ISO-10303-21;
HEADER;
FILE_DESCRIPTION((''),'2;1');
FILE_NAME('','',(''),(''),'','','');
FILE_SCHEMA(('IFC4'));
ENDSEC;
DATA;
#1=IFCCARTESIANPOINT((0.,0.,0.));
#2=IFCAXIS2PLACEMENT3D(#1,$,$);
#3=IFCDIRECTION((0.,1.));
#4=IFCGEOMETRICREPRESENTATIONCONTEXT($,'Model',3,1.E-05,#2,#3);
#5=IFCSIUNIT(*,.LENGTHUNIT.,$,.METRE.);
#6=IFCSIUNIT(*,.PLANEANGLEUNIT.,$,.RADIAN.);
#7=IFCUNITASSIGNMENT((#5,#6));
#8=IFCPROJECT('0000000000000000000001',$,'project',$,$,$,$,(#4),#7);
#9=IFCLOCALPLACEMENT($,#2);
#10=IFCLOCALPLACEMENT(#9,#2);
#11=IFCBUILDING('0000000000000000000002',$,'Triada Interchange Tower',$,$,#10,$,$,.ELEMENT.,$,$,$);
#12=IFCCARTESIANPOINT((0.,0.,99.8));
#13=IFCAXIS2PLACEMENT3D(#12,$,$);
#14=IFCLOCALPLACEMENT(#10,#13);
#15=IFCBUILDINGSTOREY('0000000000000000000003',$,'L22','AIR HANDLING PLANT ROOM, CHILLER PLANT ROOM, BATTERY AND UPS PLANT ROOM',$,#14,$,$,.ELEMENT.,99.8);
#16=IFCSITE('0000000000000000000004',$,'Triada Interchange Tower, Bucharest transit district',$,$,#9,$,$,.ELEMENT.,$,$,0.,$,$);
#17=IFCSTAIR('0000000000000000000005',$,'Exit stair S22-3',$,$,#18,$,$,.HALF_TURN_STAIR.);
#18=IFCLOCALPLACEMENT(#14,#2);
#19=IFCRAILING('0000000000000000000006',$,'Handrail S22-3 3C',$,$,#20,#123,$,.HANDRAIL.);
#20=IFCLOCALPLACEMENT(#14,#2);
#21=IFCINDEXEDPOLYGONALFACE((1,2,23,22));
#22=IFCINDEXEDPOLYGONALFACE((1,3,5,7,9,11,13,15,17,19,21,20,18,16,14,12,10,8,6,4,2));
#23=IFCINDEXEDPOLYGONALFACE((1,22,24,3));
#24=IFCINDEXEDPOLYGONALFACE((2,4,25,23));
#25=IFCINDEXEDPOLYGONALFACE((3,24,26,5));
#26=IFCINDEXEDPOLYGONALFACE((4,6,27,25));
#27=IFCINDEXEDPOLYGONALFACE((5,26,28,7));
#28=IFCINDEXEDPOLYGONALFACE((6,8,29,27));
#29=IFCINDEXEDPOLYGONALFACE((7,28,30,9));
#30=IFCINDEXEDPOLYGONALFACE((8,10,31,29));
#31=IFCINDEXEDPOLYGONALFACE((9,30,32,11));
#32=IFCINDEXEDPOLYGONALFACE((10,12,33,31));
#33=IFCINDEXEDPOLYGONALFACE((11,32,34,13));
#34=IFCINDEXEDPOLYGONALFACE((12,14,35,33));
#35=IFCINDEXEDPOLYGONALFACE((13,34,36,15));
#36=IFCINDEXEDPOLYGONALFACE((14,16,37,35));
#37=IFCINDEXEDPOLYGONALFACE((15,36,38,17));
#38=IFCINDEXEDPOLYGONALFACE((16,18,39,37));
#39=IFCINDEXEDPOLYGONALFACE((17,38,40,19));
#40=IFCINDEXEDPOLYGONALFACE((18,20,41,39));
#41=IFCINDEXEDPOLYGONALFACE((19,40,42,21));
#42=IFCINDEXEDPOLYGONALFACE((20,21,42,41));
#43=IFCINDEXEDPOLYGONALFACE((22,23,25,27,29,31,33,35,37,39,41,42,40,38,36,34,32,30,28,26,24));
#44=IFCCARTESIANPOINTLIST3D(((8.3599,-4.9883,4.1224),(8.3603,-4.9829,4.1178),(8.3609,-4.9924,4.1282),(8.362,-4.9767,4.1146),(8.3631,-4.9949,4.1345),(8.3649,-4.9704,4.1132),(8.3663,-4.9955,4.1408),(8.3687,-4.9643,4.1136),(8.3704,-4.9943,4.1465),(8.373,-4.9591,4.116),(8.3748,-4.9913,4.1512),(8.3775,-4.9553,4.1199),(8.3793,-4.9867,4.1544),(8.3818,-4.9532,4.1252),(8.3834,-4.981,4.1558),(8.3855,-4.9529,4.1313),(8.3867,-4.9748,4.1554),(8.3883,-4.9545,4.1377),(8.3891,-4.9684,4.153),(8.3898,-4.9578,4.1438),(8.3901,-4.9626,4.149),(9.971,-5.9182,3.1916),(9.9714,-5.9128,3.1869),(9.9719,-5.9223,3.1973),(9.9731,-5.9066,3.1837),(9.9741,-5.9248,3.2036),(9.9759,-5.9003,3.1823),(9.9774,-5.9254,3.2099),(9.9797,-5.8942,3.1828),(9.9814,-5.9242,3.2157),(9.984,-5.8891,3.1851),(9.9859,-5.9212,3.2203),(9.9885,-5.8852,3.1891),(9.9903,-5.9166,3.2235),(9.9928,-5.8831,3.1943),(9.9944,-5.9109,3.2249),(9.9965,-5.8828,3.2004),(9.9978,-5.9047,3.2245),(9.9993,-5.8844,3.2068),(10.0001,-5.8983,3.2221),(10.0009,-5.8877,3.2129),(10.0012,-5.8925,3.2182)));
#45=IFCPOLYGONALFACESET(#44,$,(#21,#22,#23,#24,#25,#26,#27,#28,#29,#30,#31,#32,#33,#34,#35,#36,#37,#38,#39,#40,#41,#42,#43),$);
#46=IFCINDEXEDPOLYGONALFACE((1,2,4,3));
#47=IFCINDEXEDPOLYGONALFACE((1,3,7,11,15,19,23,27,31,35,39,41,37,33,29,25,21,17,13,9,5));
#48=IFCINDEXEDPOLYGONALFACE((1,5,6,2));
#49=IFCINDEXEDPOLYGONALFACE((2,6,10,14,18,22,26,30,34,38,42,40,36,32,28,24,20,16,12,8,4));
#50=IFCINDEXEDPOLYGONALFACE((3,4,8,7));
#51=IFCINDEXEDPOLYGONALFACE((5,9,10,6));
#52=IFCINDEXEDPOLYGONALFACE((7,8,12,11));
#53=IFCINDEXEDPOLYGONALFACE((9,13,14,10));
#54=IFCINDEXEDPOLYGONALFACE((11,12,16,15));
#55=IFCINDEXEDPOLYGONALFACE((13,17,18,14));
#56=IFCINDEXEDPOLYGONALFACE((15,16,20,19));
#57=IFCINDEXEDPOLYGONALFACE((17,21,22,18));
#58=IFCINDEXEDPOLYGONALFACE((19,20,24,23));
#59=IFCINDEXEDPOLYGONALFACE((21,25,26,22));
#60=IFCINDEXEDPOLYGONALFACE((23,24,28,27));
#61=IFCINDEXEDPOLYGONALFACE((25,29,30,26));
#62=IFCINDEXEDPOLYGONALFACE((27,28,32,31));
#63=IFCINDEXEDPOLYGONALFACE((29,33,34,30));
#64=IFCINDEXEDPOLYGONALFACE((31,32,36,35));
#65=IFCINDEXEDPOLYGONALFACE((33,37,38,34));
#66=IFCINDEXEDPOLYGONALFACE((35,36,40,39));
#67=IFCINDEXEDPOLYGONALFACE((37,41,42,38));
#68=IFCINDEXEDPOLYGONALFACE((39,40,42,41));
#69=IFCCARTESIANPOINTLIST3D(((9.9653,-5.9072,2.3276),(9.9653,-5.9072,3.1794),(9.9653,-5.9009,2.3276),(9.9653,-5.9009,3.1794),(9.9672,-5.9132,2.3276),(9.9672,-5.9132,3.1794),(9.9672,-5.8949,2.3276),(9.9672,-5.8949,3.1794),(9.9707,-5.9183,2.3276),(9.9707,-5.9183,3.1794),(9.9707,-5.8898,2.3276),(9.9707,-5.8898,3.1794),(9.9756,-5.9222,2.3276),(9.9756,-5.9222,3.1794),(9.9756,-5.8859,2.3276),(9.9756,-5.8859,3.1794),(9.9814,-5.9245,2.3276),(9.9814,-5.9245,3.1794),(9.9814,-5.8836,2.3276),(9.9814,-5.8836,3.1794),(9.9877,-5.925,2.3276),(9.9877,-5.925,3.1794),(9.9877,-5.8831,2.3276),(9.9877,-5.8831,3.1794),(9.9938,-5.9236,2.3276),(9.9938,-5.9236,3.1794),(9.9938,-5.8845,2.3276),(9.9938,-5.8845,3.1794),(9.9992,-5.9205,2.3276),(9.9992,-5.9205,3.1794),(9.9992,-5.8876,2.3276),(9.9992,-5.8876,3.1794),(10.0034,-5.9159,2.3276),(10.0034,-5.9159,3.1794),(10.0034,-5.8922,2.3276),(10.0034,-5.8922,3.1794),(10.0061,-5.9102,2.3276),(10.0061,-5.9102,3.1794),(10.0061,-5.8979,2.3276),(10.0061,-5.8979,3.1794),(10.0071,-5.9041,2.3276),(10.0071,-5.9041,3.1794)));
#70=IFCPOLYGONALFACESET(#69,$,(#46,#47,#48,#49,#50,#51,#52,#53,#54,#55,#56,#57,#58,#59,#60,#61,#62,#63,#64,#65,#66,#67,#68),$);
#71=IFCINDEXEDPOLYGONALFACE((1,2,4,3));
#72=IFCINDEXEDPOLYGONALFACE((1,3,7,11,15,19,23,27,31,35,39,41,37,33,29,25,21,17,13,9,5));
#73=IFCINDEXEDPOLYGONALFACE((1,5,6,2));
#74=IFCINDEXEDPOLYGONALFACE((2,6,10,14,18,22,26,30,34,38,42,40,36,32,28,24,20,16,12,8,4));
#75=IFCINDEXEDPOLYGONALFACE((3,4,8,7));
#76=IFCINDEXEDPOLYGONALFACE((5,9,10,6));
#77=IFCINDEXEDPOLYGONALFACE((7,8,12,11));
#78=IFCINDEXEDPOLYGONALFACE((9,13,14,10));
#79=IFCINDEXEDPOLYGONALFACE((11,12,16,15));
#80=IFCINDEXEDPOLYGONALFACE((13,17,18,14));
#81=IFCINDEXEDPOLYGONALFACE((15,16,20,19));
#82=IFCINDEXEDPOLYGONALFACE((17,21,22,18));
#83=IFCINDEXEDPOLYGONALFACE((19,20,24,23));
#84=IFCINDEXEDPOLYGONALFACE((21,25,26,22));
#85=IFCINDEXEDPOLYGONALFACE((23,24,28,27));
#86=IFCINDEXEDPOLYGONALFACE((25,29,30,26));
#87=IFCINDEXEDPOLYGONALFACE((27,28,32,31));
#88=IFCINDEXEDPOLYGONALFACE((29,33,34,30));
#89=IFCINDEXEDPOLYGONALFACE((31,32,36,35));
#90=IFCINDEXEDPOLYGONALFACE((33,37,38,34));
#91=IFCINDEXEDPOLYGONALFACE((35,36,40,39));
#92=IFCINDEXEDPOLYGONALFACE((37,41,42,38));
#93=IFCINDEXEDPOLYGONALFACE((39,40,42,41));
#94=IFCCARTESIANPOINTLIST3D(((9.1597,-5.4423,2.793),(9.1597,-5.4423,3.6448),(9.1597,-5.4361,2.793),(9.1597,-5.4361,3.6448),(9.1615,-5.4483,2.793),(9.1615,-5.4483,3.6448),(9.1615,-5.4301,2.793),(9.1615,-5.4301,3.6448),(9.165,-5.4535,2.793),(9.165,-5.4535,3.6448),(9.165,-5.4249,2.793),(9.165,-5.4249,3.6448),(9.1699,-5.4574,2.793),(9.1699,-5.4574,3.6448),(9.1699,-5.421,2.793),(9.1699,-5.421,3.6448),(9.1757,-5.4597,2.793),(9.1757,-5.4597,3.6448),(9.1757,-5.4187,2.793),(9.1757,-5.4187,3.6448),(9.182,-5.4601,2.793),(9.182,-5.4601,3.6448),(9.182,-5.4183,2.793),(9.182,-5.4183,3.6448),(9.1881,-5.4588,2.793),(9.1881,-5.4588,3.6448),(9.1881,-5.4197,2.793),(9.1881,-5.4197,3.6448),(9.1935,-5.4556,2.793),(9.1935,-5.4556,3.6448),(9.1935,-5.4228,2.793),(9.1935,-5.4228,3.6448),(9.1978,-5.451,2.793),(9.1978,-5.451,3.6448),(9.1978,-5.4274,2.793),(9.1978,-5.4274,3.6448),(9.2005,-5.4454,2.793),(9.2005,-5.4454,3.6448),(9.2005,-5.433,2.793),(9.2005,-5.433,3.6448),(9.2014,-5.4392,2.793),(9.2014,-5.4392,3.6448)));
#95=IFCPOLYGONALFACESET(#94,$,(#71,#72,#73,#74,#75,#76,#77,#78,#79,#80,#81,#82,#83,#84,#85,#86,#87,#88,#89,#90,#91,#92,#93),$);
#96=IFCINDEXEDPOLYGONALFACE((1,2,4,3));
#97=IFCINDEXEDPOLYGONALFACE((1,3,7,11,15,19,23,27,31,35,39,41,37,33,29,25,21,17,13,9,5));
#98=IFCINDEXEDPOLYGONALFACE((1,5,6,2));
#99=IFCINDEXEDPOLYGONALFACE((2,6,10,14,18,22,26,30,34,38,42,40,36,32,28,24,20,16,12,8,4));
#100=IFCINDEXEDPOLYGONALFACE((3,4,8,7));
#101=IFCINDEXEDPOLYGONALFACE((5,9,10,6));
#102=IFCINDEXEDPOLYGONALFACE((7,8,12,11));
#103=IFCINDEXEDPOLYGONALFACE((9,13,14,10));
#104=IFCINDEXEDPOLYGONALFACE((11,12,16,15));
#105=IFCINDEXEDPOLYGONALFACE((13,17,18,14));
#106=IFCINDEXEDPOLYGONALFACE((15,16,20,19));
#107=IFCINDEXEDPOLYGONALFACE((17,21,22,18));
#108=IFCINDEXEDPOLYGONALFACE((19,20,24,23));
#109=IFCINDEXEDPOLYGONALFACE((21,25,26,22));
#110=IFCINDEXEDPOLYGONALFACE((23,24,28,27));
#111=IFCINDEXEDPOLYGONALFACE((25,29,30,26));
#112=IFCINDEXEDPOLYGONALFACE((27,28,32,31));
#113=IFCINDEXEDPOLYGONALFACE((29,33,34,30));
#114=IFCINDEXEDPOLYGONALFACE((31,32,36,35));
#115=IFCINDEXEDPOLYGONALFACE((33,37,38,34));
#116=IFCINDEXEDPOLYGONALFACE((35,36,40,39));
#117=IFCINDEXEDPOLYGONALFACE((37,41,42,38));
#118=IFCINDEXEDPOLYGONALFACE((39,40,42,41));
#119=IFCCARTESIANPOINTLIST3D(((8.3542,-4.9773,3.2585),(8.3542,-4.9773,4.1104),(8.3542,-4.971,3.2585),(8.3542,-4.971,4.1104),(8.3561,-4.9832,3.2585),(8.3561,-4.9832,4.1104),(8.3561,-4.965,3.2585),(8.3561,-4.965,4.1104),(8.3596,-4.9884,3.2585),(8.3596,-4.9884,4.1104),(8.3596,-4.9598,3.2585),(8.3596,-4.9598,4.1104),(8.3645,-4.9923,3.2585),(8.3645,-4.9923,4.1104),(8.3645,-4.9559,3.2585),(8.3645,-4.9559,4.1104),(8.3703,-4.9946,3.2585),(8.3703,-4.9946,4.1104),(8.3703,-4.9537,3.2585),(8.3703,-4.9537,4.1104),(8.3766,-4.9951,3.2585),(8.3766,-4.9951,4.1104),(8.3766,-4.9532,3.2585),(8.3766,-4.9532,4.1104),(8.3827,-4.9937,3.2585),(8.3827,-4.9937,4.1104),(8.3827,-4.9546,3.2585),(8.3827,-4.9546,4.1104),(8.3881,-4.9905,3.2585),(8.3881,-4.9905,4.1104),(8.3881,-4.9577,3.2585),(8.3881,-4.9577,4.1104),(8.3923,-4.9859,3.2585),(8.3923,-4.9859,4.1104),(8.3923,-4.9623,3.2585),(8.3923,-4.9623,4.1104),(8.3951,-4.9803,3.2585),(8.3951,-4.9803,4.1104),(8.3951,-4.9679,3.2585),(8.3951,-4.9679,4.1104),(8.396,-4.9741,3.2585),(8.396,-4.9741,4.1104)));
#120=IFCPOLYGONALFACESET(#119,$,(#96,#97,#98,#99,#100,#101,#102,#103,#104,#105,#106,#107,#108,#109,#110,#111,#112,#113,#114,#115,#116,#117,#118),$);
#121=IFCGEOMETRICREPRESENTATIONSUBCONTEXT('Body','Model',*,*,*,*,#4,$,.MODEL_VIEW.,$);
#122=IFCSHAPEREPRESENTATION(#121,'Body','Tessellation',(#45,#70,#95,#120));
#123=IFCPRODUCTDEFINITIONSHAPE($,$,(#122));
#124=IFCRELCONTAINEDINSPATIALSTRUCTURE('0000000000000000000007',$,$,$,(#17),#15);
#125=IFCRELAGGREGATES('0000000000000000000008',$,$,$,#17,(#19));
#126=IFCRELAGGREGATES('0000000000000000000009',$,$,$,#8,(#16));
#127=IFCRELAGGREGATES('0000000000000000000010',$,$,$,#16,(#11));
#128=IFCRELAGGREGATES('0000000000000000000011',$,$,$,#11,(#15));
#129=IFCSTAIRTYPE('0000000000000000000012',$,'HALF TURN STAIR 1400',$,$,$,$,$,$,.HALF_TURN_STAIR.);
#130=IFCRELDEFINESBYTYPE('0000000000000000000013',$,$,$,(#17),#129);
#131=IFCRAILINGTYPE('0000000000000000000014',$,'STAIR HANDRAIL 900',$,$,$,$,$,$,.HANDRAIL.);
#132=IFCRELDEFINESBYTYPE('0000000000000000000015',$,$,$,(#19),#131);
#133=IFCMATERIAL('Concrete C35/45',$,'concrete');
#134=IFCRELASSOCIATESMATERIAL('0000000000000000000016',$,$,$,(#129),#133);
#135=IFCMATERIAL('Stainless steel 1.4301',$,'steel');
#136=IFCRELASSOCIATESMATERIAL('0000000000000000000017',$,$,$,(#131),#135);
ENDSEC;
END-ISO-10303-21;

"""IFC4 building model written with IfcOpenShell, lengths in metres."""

from ifc_helpers import new_model, si_unit, direction, frame, origin, origin_2d, place, context, subcontext, project, spatial, circle, extrude, material, type_object, element, aggregate, save


model = new_model("IFC4")

# Units and contexts
model_context = context("Model", 3, precision=1e-05, world=origin(), true_north=direction((0.0, 1.0)))
body_context = subcontext(model_context, "Body", "Model", "MODEL_VIEW")
ifc_project = project(units=[si_unit("LENGTHUNIT", "METRE"), si_unit("PLANEANGLEUNIT", "RADIAN")], contexts=[model_context])

# Site, building, storey
site_placement = place(None, origin())
site = spatial("IfcSite", under=ifc_project, at=site_placement, Name="Triada Interchange Tower, Bucharest transit district", CompositionType="ELEMENT", RefElevation=0.0)
building_placement = place(site_placement, origin())
building = spatial("IfcBuilding", under=site, at=building_placement, Name="Triada Interchange Tower", CompositionType="ELEMENT")
storey_placement = place(building_placement, frame((0.0, 0.0, 99.8)))
storey = spatial("IfcBuildingStorey", under=building, at=storey_placement, Name="L22", Description="AIR HANDLING PLANT ROOM, CHILLER PLANT ROOM, BATTERY AND UPS PLANT ROOM", CompositionType="ELEMENT", Elevation=99.8)

# Stair, railing
ifc_material_1 = material(Name="Concrete C35/45", Category="concrete")
stair_type = type_object("IfcStairType", Name="HALF TURN STAIR 1400", PredefinedType="HALF_TURN_STAIR", material=ifc_material_1)
stair_placement = place(storey_placement, origin())
stair = element("IfcStair", 1, at=stair_placement, inside=storey, type_object=stair_type, Name="Exit stair S22-3", PredefinedType="HALF_TURN_STAIR")
ifc_material_2 = material(Name="Stainless steel 1.4301", Category="steel")
railing_type = type_object("IfcRailingType", Name="STAIR HANDRAIL 900", PredefinedType="HANDRAIL", material=ifc_material_2)
railing_1_placement = place(storey_placement, frame((9.9861, -5.9041, 2.3276)))
railing_1 = element("IfcRailing", 2, at=railing_1_placement, type_object=railing_type, Name="Handrail S22-3 3C", PredefinedType="HANDRAIL", context=body_context, shape_type="SweptSolid", body=[
    extrude(circle(Radius=0.0239, at=origin_2d()), frame((0.0, 0.0, 0.876), z_axis=(-0.77451, 0.447054, 0.447523), x_axis=(-0.499908, -0.866079, 0.0)), (0.0, 0.0, 1.0), 2.0801),
    extrude(circle(Radius=0.021, at=origin_2d()), origin(), (0.0, 0.0, 1.0), 0.8518),
    extrude(circle(Radius=0.021, at=origin_2d()), frame((-0.8057, 0.4648, 0.4653)), (0.0, 0.0, 1.0), 0.8518),
    extrude(circle(Radius=0.021, at=origin_2d()), frame((-1.6111, 0.9299, 0.9309)), (0.0, 0.0, 1.0), 0.8518),
])
aggregate(stair, [railing_1])

save(model, "model.ifc")
